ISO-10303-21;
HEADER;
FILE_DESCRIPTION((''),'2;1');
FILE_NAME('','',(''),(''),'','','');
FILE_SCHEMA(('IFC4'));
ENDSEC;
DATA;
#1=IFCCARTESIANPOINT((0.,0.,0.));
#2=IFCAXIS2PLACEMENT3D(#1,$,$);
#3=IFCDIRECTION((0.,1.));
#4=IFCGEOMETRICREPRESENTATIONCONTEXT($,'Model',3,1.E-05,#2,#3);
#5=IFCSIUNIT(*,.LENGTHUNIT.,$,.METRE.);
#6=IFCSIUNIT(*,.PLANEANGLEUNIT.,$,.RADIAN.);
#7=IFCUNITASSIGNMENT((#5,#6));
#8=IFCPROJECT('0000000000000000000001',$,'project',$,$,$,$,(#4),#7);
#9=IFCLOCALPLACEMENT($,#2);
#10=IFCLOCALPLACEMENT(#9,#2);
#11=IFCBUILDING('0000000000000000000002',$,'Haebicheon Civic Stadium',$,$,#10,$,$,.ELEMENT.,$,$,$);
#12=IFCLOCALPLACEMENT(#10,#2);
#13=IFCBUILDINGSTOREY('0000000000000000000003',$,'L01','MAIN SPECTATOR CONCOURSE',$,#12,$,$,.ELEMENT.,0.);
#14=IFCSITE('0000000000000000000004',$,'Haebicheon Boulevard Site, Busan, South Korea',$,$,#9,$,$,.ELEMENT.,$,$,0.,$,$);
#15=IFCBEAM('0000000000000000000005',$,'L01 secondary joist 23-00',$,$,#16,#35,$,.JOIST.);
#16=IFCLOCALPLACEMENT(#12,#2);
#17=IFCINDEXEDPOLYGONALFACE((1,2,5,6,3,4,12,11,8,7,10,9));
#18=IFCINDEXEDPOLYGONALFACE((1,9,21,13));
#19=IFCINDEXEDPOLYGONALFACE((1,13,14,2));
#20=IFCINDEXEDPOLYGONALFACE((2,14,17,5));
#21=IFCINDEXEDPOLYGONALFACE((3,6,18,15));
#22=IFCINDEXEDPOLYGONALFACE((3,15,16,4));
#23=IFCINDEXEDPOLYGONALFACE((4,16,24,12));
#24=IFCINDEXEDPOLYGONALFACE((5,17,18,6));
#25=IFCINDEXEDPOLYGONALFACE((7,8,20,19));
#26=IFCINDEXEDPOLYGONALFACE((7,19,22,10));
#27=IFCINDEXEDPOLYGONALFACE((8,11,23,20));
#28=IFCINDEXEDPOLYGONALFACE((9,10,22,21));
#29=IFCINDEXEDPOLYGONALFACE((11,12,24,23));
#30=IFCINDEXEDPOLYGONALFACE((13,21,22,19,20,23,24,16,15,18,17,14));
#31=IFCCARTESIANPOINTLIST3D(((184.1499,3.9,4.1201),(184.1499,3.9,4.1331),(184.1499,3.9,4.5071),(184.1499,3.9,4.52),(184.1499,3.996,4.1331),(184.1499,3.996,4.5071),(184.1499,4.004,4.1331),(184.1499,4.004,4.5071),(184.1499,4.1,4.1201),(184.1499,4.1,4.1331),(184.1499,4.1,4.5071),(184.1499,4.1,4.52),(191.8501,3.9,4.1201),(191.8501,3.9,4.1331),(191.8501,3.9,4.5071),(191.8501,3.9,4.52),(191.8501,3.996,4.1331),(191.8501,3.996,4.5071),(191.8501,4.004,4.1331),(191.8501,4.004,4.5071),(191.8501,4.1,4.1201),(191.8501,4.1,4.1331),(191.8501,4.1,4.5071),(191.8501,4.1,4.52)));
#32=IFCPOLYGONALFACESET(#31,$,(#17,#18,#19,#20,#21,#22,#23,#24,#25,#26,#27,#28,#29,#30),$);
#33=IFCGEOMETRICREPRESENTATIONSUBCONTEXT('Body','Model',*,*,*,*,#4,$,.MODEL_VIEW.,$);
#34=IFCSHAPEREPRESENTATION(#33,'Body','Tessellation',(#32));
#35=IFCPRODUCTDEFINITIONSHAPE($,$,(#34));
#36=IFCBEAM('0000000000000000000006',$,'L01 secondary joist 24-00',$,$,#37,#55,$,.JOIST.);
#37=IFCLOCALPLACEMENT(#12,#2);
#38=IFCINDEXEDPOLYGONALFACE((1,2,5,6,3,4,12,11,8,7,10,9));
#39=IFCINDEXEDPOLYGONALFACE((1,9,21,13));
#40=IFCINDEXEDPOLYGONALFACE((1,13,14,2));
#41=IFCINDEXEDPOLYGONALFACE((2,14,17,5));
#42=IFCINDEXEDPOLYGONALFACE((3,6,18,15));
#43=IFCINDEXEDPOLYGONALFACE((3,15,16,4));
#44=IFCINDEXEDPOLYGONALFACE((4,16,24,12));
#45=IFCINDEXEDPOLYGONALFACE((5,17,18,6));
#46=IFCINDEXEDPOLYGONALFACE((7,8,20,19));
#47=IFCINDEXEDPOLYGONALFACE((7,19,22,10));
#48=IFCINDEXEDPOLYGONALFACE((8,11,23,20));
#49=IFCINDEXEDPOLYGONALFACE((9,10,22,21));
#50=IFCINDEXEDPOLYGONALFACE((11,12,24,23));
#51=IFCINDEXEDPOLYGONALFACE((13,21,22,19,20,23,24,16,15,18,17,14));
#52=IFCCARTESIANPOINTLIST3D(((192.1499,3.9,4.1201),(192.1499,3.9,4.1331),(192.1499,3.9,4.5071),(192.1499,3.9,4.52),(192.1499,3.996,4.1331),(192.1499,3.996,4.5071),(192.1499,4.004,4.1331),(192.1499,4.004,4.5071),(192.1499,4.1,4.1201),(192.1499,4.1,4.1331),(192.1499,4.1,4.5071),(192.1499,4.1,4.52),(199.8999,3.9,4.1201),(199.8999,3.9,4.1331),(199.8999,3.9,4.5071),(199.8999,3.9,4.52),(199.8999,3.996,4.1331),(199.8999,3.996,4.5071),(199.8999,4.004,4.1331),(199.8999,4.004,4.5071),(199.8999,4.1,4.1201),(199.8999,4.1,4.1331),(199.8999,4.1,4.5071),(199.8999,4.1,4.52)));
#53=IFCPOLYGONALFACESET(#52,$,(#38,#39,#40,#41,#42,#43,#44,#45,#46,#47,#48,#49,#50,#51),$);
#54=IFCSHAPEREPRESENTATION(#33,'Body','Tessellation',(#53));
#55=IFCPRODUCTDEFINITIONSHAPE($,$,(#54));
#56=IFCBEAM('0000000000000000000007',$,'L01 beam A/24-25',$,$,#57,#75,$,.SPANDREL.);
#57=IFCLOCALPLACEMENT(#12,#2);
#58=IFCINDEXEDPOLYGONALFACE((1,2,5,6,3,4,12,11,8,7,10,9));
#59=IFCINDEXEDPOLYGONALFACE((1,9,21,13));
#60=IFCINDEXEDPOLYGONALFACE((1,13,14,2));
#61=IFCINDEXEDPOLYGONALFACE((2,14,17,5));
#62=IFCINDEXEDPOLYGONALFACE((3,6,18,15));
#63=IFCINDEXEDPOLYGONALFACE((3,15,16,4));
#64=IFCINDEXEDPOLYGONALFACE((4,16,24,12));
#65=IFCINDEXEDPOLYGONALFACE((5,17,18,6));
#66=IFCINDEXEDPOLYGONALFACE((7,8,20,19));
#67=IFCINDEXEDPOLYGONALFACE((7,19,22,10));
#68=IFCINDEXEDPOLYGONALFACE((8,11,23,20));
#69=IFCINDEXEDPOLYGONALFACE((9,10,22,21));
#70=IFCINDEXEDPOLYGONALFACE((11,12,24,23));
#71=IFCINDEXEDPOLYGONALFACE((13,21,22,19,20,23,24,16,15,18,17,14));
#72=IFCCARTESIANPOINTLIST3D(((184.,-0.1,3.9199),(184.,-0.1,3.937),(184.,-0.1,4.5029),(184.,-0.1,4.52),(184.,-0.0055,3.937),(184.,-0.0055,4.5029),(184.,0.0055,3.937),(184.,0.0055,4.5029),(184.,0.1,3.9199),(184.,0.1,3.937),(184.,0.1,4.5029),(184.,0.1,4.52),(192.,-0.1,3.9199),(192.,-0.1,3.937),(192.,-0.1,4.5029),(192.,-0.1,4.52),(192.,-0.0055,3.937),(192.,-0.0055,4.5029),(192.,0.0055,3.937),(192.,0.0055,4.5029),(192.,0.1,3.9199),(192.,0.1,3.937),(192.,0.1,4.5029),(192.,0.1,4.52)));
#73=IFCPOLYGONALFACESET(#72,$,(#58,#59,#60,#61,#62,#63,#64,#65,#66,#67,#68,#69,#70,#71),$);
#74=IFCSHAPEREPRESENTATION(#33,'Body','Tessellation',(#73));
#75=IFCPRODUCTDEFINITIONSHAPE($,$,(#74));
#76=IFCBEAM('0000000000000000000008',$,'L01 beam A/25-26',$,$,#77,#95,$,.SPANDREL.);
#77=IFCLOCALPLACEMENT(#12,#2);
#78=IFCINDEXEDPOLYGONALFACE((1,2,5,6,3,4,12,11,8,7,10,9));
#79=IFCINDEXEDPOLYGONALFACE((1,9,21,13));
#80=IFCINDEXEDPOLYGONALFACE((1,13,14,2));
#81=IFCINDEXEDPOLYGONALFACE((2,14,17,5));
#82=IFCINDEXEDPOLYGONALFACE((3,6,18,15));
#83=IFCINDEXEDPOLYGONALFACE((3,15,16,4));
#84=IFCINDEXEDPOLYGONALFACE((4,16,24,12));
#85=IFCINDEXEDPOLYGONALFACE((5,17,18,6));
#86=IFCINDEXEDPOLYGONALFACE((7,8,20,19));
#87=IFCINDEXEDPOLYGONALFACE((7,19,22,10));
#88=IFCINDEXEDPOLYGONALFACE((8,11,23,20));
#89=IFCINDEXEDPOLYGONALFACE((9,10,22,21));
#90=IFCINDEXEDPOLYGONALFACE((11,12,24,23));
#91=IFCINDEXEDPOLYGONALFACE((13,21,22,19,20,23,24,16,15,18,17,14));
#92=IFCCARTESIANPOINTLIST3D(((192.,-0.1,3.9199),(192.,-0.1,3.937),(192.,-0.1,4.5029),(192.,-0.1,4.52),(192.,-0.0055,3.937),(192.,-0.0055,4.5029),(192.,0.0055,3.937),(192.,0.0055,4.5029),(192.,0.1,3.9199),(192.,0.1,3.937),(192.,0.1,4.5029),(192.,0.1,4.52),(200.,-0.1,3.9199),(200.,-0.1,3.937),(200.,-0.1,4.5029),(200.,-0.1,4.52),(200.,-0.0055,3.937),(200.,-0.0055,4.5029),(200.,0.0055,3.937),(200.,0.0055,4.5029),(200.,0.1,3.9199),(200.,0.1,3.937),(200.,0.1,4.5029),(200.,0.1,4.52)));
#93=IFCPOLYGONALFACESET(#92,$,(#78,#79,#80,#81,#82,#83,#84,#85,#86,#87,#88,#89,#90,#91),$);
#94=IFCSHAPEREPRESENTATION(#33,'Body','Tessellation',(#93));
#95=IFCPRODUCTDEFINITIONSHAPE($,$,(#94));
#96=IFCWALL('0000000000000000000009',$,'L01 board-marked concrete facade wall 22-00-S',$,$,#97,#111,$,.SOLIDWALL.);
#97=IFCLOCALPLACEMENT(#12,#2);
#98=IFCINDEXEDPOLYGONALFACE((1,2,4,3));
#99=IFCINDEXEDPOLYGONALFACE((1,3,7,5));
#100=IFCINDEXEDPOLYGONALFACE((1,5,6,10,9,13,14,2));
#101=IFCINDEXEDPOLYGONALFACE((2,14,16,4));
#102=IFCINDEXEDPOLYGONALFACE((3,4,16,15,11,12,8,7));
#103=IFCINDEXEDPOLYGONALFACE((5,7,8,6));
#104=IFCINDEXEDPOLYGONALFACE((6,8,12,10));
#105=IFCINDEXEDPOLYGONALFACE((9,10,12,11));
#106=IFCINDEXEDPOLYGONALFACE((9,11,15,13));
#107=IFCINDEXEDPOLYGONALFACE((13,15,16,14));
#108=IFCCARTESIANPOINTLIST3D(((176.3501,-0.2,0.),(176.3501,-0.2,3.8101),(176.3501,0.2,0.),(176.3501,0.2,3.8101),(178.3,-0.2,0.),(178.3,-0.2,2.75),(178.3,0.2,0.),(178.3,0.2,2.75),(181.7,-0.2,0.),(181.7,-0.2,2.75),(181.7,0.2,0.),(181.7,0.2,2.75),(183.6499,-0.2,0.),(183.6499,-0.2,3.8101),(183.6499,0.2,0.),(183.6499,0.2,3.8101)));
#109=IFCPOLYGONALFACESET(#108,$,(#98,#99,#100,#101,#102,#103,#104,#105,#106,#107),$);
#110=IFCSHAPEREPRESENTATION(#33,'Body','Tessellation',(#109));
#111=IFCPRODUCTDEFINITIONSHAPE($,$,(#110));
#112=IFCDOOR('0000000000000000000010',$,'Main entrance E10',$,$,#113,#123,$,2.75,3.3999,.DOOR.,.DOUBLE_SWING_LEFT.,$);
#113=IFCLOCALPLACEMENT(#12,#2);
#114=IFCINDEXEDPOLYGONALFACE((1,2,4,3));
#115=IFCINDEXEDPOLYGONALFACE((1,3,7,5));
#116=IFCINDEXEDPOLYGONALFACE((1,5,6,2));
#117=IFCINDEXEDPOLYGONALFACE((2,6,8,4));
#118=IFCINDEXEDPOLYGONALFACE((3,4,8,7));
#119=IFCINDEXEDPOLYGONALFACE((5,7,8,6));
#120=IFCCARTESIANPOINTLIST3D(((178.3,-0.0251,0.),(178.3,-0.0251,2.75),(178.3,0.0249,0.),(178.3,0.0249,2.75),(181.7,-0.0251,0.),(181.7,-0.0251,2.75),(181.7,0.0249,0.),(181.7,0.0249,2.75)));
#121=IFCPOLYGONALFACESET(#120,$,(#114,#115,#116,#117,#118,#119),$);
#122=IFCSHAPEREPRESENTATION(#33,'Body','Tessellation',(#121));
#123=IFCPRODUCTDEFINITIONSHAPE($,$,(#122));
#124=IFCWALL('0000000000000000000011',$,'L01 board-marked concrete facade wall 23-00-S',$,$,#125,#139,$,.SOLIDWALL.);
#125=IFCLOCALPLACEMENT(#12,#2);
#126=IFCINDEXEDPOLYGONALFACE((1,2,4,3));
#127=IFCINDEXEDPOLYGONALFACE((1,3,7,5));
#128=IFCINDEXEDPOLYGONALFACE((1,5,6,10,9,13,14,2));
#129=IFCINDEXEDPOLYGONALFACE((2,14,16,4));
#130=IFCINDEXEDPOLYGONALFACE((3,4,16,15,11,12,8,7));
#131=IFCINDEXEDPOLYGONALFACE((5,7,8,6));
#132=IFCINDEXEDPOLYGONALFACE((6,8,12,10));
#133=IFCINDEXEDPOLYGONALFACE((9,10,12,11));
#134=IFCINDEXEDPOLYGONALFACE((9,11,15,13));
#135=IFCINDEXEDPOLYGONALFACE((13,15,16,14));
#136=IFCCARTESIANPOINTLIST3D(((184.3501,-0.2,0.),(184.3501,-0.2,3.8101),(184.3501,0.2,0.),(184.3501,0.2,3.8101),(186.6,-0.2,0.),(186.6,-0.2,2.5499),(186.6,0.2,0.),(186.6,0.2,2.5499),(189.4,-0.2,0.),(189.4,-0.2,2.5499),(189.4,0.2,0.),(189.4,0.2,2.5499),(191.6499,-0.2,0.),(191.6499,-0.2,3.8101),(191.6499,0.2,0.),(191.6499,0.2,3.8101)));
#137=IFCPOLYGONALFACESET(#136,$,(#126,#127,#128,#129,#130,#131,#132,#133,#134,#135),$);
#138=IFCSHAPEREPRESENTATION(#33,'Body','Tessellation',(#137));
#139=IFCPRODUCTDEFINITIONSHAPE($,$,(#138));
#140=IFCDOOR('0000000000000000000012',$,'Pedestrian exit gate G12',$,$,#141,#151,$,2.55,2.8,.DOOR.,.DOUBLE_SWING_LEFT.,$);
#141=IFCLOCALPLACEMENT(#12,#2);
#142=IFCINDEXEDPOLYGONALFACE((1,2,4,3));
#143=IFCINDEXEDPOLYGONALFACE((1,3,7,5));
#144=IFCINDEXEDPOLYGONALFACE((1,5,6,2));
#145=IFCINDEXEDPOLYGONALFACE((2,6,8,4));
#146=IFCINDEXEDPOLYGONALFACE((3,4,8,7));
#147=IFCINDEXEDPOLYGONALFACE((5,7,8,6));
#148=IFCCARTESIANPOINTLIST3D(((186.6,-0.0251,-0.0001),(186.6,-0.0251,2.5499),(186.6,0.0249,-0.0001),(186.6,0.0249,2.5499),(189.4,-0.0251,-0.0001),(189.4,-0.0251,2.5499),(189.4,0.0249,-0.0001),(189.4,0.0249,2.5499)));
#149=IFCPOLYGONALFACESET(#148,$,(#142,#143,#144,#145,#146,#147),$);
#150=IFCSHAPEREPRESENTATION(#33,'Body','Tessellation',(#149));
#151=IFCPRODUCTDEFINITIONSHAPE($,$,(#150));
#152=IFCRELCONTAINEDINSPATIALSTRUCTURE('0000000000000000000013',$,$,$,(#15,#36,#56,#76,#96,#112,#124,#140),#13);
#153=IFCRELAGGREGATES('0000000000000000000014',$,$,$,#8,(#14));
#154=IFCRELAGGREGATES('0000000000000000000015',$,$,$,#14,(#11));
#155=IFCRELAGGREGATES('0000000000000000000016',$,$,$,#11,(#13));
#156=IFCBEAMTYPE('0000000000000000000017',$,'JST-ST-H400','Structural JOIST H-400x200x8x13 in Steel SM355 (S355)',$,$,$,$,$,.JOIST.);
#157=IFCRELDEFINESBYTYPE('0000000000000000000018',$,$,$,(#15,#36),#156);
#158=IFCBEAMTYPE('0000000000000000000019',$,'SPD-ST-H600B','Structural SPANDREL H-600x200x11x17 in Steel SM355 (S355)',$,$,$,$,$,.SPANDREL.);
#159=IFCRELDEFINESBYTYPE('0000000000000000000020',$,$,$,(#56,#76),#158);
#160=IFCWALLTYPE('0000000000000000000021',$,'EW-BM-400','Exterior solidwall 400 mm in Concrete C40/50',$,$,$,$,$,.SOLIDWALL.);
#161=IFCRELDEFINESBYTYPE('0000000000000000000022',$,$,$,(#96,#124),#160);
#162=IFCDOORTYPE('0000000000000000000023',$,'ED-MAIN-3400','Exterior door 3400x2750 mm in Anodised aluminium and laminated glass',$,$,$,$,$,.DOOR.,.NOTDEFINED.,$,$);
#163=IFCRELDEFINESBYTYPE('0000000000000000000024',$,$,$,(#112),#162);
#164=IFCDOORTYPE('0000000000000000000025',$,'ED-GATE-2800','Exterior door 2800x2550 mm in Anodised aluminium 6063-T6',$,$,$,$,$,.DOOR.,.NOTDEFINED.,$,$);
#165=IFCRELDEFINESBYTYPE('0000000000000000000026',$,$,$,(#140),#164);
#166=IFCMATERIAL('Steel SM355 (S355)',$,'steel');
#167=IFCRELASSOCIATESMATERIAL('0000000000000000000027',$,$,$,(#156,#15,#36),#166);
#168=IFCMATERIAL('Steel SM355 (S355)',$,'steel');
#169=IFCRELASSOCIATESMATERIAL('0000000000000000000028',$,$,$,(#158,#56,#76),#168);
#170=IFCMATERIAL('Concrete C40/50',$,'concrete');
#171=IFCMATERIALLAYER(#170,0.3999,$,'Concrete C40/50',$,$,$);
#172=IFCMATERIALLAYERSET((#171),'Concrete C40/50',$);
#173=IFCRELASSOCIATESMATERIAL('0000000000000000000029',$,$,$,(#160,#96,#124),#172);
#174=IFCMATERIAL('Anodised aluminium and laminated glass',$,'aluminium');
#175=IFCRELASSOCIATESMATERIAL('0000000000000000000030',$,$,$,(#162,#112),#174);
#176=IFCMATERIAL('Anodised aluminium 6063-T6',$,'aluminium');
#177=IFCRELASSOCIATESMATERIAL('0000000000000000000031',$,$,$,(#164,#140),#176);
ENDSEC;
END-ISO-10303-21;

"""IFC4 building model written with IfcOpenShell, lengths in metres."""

from ifc_helpers import new_model, si_unit, direction, frame, frame_2d, origin, origin_2d, place, context, subcontext, project, spatial, rectangle, i_section, extrude, material, layer, layer_set, material_profile, profile_set, type_object, element, fill, save


model = new_model("IFC4")

# Units and contexts
model_context = context("Model", 3, precision=1e-05, world=origin(), true_north=direction((0.0, 1.0)))
body_context = subcontext(model_context, "Body", "Model", "MODEL_VIEW")
ifc_project = project(units=[si_unit("LENGTHUNIT", "METRE"), si_unit("PLANEANGLEUNIT", "RADIAN")], contexts=[model_context])

# Site, building, storey
site_placement = place(None, origin())
site = spatial("IfcSite", under=ifc_project, at=site_placement, Name="Haebicheon Boulevard Site, Busan, South Korea", CompositionType="ELEMENT", RefElevation=0.0)
building_placement = place(site_placement, origin())
building = spatial("IfcBuilding", under=site, at=building_placement, Name="Haebicheon Civic Stadium", CompositionType="ELEMENT")
storey_placement = place(building_placement, origin())
storey = spatial("IfcBuildingStorey", under=building, at=storey_placement, Name="L01", Description="MAIN SPECTATOR CONCOURSE", CompositionType="ELEMENT", Elevation=0.0)

# Beams
ifc_material_1 = material(Name="Steel SM355 (S355)", Category="steel")
ifc_material_profile_1 = material_profile(ifc_material_1, i_section(OverallWidth=0.2, OverallDepth=0.3999, WebThickness=0.0081, FlangeThickness=0.0129, at=origin_2d()), Name="H-400x200x8x13")
ifc_profile_set_1 = profile_set([ifc_material_profile_1], Name="Steel SM355 (S355)")
beam_type_1 = type_object("IfcBeamType", Name="JST-ST-H400", Description="Structural JOIST H-400x200x8x13 in Steel SM355 (S355)", PredefinedType="JOIST", material=ifc_profile_set_1)
for number, where, z_axis, x_axis, name in (
    (1, (184.1499, 4.0, 4.3201), (1.0, 0.0, 0.0), (0.0, 1.0, 0.0), "L01 secondary joist 23-00"),
):
    element("IfcBeam", number, at=place(storey_placement, frame(where, z_axis=z_axis, x_axis=x_axis)), inside=storey, type_object=beam_type_1, material=ifc_profile_set_1, Name=name, PredefinedType="JOIST", context=body_context, shape_type="SweptSolid", body=[
        extrude(i_section(OverallWidth=0.2, OverallDepth=0.3999, WebThickness=0.0081, FlangeThickness=0.0129, at=origin_2d()), origin(), (0.0, 0.0, 1.0), 7.7002),
    ])
beam_1_placement = place(storey_placement, frame((192.1499, 4.0, 4.3201), z_axis=(1.0, 0.0, 0.0), x_axis=(0.0, 1.0, 0.0)))
element("IfcBeam", 2, at=beam_1_placement, inside=storey, type_object=beam_type_1, material=ifc_profile_set_1, Name="L01 secondary joist 24-00", PredefinedType="JOIST", context=body_context, shape_type="SweptSolid", body=[
    extrude(i_section(OverallWidth=0.2, OverallDepth=0.3999, WebThickness=0.0081, FlangeThickness=0.0129, at=origin_2d()), origin(), (0.0, 0.0, 1.0), 7.75),
])
ifc_material_2 = material(Name="Steel SM355 (S355)", Category="steel")
ifc_material_profile_2 = material_profile(ifc_material_2, i_section(OverallWidth=0.2, OverallDepth=0.6001, WebThickness=0.011, FlangeThickness=0.0171, at=origin_2d()), Name="H-600x200x11x17")
ifc_profile_set_2 = profile_set([ifc_material_profile_2], Name="Steel SM355 (S355)")
beam_type_2 = type_object("IfcBeamType", Name="SPD-ST-H600B", Description="Structural SPANDREL H-600x200x11x17 in Steel SM355 (S355)", PredefinedType="SPANDREL", material=ifc_profile_set_2)
for number, where, z_axis, x_axis, name in (
    (3, (184.0, 0.0, 4.22), (1.0, 0.0, 0.0), (0.0, 1.0, 0.0), "L01 beam A/24-25"),
    (4, (192.0, 0.0, 4.22), (1.0, 0.0, 0.0), (0.0, 1.0, 0.0), "L01 beam A/25-26"),
):
    element("IfcBeam", number, at=place(storey_placement, frame(where, z_axis=z_axis, x_axis=x_axis)), inside=storey, type_object=beam_type_2, material=ifc_profile_set_2, Name=name, PredefinedType="SPANDREL", context=body_context, shape_type="SweptSolid", body=[
        extrude(i_section(OverallWidth=0.2, OverallDepth=0.6001, WebThickness=0.011, FlangeThickness=0.0171, at=origin_2d()), origin(), (0.0, 0.0, 1.0), 8.0),
    ])

# Walls, openings, doors
ifc_material_3 = material(Name="Concrete C40/50", Category="concrete")
ifc_layer = layer(ifc_material_3, 0.3999, Name="Concrete C40/50")
ifc_layer_set = layer_set([ifc_layer], Name="Concrete C40/50")
wall_type = type_object("IfcWallType", Name="EW-BM-400", Description="Exterior solidwall 400 mm in Concrete C40/50", PredefinedType="SOLIDWALL", material=ifc_layer_set)
wall_1_placement = place(storey_placement, frame((176.3501, 0.0, 0.0), z_axis=(0.0, 0.0, 1.0), x_axis=(1.0, 0.0, 0.0)))
wall_1 = element("IfcWall", 5, at=wall_1_placement, inside=storey, type_object=wall_type, material=ifc_layer_set, Name="L01 board-marked concrete facade wall 22-00-S", PredefinedType="SOLIDWALL", context=body_context, shape_type="SweptSolid", body=[
    extrude(rectangle(XDim=7.2998, YDim=0.3999, at=frame_2d((3.6499, 0.0))), origin(), (0.0, 0.0, 1.0), 3.8101),
])
opening_1_placement = place(wall_1_placement, frame((1.95, 0.0, 0.0)))
opening_1 = element("IfcOpeningElement", 6, at=opening_1_placement, cuts=wall_1, PredefinedType="OPENING", context=body_context, shape_type="SweptSolid", body=[
    extrude(rectangle(XDim=3.3999, YDim=2.75, at=frame_2d((1.7, 1.375))), frame((0.0, 0.21, 0.0), z_axis=(0.0, -1.0, 0.0), x_axis=(1.0, 0.0, 0.0)), (0.0, 0.0, 1.0), 0.4199),
])
ifc_material_4 = material(Name="Anodised aluminium and laminated glass", Category="aluminium")
door_type_1 = type_object("IfcDoorType", Name="ED-MAIN-3400", Description="Exterior door 3400x2750 mm in Anodised aluminium and laminated glass", OperationType="NOTDEFINED", PredefinedType="DOOR", material=ifc_material_4)
door_1_placement = place(opening_1_placement, origin())
door_1 = element("IfcDoor", 7, at=door_1_placement, inside=storey, type_object=door_type_1, material=ifc_material_4, Name="Main entrance E10", OperationType="DOUBLE_SWING_LEFT", OverallHeight=2.75, OverallWidth=3.3999, PredefinedType="DOOR", context=body_context, shape_type="SweptSolid", body=[
    extrude(rectangle(XDim=3.3999, YDim=2.75, at=frame_2d((1.7, 1.375))), frame((0.0, 0.0249, 0.0), z_axis=(0.0, -1.0, 0.0), x_axis=(1.0, 0.0, 0.0)), (0.0, 0.0, 1.0), 0.05),
])
fill(opening_1, door_1)
wall_2_placement = place(storey_placement, frame((184.3501, 0.0, 0.0), z_axis=(0.0, 0.0, 1.0), x_axis=(1.0, 0.0, 0.0)))
wall_2 = element("IfcWall", 8, at=wall_2_placement, inside=storey, type_object=wall_type, material=ifc_layer_set, Name="L01 board-marked concrete facade wall 23-00-S", PredefinedType="SOLIDWALL", context=body_context, shape_type="SweptSolid", body=[
    extrude(rectangle(XDim=7.2998, YDim=0.3999, at=frame_2d((3.6499, 0.0))), origin(), (0.0, 0.0, 1.0), 3.8101),
])
opening_2_placement = place(wall_2_placement, frame((2.25, 0.0, 0.0)))
opening_2 = element("IfcOpeningElement", 9, at=opening_2_placement, cuts=wall_2, PredefinedType="OPENING", context=body_context, shape_type="SweptSolid", body=[
    extrude(rectangle(XDim=2.8, YDim=2.55, at=frame_2d((1.3999, 1.2749))), frame((0.0, 0.21, 0.0), z_axis=(0.0, -1.0, 0.0), x_axis=(1.0, 0.0, 0.0)), (0.0, 0.0, 1.0), 0.4199),
])
ifc_material_5 = material(Name="Anodised aluminium 6063-T6", Category="aluminium")
door_type_2 = type_object("IfcDoorType", Name="ED-GATE-2800", Description="Exterior door 2800x2550 mm in Anodised aluminium 6063-T6", OperationType="NOTDEFINED", PredefinedType="DOOR", material=ifc_material_5)
door_2_placement = place(opening_2_placement, origin())
door_2 = element("IfcDoor", 10, at=door_2_placement, inside=storey, type_object=door_type_2, material=ifc_material_5, Name="Pedestrian exit gate G12", OperationType="DOUBLE_SWING_LEFT", OverallHeight=2.55, OverallWidth=2.8, PredefinedType="DOOR", context=body_context, shape_type="SweptSolid", body=[
    extrude(rectangle(XDim=2.8, YDim=2.55, at=frame_2d((1.3999, 1.2749))), frame((0.0, 0.0249, 0.0), z_axis=(0.0, -1.0, 0.0), x_axis=(1.0, 0.0, 0.0)), (0.0, 0.0, 1.0), 0.05),
])
fill(opening_2, door_2)

save(model, "model.ifc")
